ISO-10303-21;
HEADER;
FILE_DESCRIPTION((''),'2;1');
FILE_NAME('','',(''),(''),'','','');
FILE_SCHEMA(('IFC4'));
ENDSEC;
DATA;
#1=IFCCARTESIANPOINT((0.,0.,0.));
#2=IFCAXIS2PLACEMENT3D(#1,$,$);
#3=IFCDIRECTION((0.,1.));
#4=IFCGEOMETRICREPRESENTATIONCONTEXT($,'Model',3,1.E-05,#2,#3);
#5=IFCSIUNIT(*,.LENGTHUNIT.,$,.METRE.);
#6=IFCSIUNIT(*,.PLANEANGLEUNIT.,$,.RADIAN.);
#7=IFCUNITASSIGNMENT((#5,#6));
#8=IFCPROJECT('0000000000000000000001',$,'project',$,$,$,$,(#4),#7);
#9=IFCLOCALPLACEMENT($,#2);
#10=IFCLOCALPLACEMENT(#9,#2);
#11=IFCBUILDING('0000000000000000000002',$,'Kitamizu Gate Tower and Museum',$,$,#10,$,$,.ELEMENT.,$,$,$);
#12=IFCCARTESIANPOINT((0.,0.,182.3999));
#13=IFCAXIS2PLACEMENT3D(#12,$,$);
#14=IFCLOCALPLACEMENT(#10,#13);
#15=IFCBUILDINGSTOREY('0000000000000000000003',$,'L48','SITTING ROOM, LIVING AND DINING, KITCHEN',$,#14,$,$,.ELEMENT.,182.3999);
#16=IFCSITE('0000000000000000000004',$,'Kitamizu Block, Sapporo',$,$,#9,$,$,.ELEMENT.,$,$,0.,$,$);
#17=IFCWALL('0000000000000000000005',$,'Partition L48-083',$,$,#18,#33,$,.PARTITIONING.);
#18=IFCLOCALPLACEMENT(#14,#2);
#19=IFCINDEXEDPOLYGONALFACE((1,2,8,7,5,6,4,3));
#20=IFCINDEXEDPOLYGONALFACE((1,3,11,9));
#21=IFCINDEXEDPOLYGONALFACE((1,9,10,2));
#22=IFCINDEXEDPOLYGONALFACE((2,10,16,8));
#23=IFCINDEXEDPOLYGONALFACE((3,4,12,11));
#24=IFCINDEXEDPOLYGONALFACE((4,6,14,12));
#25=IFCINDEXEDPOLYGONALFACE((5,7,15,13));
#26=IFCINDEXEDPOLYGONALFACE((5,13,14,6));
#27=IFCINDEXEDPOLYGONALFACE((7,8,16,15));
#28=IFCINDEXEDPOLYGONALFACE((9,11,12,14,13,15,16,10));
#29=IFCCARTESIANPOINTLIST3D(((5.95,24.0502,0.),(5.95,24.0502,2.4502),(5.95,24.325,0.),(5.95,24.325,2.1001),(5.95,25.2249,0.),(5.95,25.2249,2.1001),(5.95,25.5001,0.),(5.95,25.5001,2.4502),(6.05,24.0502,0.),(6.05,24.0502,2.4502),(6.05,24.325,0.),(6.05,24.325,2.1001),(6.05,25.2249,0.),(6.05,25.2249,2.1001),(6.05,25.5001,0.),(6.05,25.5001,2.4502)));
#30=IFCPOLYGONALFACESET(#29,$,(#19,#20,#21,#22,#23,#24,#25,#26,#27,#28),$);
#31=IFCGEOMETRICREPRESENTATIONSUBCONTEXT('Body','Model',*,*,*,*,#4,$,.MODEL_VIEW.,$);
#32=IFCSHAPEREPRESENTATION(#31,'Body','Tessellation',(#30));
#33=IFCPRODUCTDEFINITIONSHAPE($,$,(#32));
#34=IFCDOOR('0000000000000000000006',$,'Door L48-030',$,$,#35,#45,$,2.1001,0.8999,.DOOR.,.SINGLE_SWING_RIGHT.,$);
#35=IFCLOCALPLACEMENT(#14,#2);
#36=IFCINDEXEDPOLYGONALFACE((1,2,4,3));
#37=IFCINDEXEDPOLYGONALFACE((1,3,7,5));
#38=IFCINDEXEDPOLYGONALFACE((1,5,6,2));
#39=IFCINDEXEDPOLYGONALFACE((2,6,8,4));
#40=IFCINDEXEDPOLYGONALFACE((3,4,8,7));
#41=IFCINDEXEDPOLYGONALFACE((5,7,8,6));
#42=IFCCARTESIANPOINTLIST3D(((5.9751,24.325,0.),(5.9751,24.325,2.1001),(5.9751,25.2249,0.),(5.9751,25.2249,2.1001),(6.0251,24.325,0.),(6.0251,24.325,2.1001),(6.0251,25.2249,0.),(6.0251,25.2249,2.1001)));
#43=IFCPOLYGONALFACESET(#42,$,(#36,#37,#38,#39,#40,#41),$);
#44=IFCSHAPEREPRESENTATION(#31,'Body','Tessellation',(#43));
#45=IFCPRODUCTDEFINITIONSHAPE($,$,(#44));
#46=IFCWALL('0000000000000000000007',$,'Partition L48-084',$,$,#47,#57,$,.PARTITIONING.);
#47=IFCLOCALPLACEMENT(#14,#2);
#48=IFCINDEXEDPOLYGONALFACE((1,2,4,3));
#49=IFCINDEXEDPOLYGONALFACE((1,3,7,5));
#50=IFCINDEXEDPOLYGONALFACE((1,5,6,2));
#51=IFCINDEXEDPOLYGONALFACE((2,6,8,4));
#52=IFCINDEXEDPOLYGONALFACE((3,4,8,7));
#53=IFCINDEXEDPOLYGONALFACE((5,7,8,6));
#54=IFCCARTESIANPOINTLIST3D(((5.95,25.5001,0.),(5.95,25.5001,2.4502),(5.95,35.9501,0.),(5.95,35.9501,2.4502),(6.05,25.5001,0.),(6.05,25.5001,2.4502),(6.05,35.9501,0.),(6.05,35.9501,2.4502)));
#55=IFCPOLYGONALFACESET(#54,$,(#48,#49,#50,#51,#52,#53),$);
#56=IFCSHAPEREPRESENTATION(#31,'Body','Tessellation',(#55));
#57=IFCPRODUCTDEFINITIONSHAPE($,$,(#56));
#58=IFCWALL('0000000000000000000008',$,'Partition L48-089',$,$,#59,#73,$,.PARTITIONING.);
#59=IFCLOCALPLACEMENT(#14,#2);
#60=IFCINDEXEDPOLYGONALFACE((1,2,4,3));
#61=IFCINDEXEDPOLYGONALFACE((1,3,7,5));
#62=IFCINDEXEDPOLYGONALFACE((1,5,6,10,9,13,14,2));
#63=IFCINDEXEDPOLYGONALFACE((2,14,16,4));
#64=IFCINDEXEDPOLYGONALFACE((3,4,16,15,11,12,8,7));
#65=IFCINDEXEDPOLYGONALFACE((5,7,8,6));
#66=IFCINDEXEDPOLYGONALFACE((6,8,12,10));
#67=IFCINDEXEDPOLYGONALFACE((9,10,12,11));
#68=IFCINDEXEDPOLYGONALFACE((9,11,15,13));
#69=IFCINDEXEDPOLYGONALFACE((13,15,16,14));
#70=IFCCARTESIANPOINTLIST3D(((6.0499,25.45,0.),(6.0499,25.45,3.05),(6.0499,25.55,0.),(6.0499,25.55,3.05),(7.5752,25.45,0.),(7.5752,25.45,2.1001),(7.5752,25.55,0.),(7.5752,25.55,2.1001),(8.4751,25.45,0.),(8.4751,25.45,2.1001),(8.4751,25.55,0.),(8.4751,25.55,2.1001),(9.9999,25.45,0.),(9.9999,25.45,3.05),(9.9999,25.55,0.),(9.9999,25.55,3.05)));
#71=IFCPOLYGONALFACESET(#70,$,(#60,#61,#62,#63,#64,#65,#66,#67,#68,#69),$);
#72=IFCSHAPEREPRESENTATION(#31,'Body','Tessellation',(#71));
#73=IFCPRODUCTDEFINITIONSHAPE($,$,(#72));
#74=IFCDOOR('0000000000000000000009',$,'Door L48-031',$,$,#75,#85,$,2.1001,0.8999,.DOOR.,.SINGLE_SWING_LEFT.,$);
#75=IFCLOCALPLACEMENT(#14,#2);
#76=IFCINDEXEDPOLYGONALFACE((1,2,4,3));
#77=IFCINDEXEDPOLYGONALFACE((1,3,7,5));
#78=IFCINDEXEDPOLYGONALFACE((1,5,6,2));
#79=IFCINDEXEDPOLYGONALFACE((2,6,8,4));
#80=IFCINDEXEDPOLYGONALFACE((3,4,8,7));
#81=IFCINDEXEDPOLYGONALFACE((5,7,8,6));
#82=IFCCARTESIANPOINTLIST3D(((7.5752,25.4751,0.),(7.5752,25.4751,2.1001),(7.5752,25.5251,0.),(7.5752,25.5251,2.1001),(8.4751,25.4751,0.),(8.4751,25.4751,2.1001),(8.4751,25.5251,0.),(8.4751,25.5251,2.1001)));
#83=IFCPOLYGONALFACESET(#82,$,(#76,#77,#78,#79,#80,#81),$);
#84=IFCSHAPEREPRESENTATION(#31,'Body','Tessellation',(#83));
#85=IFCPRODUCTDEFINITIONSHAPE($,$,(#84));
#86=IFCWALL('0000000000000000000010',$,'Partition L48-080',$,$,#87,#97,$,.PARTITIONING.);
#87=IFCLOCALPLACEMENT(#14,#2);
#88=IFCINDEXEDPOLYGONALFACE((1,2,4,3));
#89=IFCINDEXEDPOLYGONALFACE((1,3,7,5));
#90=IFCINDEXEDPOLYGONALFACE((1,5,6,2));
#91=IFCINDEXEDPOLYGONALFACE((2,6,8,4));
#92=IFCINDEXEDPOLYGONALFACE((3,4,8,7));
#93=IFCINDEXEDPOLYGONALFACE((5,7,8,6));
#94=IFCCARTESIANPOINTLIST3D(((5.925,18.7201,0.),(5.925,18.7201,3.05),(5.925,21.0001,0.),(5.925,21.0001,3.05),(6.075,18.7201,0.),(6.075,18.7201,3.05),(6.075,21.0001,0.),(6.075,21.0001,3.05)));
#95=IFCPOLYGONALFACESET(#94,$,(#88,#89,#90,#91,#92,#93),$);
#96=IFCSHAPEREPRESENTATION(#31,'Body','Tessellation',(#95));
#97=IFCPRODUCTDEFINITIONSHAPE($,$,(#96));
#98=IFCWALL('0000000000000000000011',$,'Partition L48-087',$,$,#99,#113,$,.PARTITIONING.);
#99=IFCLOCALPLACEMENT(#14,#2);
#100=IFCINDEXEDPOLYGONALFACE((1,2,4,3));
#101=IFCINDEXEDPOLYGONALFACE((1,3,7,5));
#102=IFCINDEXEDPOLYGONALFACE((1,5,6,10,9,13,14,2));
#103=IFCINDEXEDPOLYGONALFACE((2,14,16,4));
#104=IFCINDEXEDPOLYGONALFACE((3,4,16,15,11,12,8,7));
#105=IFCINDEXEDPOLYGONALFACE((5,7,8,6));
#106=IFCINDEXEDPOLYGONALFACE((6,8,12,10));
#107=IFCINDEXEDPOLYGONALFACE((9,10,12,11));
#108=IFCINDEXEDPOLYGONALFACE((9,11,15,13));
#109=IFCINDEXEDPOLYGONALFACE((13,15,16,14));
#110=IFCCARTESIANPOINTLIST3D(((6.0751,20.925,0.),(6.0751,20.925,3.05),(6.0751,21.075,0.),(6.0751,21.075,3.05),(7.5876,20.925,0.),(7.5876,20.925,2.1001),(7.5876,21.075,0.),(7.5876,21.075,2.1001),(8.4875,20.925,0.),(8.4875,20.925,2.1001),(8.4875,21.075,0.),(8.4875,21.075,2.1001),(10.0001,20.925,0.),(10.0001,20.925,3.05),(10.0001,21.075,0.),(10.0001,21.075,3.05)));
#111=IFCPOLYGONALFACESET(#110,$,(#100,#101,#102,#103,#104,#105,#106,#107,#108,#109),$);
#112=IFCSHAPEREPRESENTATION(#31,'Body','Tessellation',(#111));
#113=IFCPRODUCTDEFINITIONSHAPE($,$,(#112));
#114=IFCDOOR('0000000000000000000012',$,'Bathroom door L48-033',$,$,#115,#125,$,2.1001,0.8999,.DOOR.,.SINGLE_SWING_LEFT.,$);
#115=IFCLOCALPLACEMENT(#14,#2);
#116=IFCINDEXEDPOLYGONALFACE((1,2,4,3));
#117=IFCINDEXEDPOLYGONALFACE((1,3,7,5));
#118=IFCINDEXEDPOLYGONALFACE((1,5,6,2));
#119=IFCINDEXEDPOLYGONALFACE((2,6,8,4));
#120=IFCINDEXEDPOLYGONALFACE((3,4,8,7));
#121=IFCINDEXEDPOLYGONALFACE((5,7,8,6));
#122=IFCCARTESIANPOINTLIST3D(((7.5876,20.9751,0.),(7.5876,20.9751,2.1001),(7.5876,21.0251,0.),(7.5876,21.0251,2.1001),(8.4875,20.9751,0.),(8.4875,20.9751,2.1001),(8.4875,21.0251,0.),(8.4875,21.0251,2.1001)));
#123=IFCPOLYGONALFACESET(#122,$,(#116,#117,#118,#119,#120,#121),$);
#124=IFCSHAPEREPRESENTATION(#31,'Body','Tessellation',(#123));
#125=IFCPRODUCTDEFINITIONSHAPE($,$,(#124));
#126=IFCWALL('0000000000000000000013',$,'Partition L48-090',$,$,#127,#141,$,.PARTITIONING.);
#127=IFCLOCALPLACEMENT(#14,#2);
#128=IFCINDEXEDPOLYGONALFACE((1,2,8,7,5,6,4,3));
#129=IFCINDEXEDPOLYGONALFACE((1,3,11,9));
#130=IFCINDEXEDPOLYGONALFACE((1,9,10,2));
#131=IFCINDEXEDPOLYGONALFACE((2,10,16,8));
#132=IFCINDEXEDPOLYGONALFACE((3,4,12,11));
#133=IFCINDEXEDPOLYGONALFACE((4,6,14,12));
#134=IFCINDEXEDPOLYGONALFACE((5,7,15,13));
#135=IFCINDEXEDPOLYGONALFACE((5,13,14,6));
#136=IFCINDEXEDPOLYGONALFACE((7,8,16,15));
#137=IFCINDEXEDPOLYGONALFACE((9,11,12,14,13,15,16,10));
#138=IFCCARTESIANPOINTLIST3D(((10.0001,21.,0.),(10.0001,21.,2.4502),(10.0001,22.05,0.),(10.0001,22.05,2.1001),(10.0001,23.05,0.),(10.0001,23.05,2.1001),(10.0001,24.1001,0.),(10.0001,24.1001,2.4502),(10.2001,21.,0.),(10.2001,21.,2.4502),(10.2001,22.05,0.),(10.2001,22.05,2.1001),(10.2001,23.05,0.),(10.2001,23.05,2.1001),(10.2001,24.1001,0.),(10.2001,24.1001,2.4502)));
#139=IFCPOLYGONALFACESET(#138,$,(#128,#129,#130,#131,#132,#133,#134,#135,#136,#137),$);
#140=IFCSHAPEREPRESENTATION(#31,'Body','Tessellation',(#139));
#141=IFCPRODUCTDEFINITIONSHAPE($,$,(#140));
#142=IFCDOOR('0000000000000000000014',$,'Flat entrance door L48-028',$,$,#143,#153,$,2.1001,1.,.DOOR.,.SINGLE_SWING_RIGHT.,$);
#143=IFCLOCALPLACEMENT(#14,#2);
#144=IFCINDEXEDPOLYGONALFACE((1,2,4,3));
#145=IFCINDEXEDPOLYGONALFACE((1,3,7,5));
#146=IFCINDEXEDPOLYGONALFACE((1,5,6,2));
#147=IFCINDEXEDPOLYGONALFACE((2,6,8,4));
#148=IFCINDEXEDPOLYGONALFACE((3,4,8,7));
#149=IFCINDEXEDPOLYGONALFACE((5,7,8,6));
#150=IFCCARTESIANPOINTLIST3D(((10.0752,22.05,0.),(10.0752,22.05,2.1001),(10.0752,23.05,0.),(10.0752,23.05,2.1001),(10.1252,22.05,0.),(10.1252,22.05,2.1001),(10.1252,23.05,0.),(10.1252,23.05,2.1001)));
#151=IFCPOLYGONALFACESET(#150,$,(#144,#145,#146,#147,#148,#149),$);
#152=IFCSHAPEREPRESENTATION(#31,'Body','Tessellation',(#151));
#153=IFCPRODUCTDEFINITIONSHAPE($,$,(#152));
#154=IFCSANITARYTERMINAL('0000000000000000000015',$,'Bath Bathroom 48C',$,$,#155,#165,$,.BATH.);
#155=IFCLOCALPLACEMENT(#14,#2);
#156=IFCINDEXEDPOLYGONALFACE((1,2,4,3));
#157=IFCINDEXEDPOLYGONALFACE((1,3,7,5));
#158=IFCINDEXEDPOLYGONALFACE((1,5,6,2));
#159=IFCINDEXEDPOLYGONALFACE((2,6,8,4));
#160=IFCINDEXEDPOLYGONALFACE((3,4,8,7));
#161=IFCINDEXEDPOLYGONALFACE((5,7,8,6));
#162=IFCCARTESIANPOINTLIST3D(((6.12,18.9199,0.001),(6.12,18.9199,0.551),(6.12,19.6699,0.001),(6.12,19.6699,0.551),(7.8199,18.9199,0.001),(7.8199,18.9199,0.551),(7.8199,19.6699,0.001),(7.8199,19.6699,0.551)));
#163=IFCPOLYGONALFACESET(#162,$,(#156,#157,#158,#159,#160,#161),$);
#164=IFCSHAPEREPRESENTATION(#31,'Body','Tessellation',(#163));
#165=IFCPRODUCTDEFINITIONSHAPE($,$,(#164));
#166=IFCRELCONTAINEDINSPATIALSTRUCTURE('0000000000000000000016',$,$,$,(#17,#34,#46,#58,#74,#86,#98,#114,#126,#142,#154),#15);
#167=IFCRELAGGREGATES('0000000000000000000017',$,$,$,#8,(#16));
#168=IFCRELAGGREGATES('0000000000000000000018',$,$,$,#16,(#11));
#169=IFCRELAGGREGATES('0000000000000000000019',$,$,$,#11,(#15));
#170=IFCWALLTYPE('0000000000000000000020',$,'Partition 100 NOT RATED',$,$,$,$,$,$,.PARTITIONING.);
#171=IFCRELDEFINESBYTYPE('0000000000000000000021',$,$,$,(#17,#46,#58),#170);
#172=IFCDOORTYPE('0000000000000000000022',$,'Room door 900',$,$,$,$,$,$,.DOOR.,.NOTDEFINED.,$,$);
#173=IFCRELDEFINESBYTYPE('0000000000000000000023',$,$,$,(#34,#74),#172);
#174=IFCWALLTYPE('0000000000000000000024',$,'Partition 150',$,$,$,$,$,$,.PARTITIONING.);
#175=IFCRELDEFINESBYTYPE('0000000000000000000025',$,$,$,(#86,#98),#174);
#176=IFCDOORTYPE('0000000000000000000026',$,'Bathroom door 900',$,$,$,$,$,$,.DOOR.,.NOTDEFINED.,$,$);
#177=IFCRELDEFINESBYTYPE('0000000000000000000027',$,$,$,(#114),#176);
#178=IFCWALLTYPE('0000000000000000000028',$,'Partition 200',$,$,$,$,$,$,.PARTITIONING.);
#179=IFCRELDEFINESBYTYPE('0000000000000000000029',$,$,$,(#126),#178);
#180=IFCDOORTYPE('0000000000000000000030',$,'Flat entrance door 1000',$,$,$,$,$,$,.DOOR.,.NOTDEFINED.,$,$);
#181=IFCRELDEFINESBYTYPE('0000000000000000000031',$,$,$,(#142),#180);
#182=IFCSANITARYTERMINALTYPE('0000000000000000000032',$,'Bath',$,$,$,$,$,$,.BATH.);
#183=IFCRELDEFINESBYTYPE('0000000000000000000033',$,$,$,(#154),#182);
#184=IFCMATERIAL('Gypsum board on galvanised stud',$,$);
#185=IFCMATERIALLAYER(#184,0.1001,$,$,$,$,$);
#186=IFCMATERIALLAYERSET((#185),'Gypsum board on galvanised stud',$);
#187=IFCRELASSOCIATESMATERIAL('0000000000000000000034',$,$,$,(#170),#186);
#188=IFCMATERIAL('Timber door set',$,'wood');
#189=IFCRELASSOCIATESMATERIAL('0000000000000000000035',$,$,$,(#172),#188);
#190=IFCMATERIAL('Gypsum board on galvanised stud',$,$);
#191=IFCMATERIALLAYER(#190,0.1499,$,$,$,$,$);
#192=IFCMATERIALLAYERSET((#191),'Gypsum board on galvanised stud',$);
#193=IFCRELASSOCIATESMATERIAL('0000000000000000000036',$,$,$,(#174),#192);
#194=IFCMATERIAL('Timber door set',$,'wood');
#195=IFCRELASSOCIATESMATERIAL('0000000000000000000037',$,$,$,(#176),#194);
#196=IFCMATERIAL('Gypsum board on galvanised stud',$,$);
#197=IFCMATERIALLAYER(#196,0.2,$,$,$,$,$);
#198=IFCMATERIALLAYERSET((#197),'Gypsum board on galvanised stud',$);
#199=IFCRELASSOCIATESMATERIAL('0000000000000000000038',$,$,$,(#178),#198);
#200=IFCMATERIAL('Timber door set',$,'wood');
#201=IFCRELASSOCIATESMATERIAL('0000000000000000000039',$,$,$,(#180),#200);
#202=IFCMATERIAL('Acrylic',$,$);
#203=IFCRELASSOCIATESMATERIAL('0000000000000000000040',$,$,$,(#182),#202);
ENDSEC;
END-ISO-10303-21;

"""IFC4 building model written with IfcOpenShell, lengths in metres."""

from ifc_helpers import new_model, si_unit, direction, frame, frame_2d, origin, origin_2d, place, context, subcontext, project, spatial, rectangle, extrude, material, layer, layer_set, type_object, element, fill, save


model = new_model("IFC4")

# Units and contexts
model_context = context("Model", 3, precision=1e-05, world=origin(), true_north=direction((0.0, 1.0)))
body_context = subcontext(model_context, "Body", "Model", "MODEL_VIEW")
ifc_project = project(units=[si_unit("LENGTHUNIT", "METRE"), si_unit("PLANEANGLEUNIT", "RADIAN")], contexts=[model_context])

# Site, building, storey
site_placement = place(None, origin())
site = spatial("IfcSite", under=ifc_project, at=site_placement, Name="Kitamizu Block, Sapporo", CompositionType="ELEMENT", RefElevation=0.0)
building_placement = place(site_placement, origin())
building = spatial("IfcBuilding", under=site, at=building_placement, Name="Kitamizu Gate Tower and Museum", CompositionType="ELEMENT")
storey_placement = place(building_placement, frame((0.0, 0.0, 182.3999)))
storey = spatial("IfcBuildingStorey", under=building, at=storey_placement, Name="L48", Description="SITTING ROOM, LIVING AND DINING, KITCHEN", CompositionType="ELEMENT", Elevation=182.3999)

# Shared definitions
ifc_material_1 = material(Name="Gypsum board on galvanised stud")
ifc_layer_1 = layer(ifc_material_1, 0.1001)
ifc_layer_set_1 = layer_set([ifc_layer_1], Name="Gypsum board on galvanised stud")
wall_type_1 = type_object("IfcWallType", Name="Partition 100 NOT RATED", PredefinedType="PARTITIONING", material=ifc_layer_set_1)

# Wall, opening, door
ifc_material_2 = material(Name="Timber door set", Category="wood")
door_type_1 = type_object("IfcDoorType", Name="Room door 900", OperationType="NOTDEFINED", PredefinedType="DOOR", material=ifc_material_2)
wall_1_placement = place(storey_placement, frame((6.0, 24.05, 0.0), z_axis=(0.0, 0.0, 1.0), x_axis=(0.0, 1.0, 0.0)))
wall_1 = element("IfcWall", 1, at=wall_1_placement, inside=storey, type_object=wall_type_1, Name="Partition L48-083", PredefinedType="PARTITIONING", context=body_context, shape_type="SweptSolid", body=[
    extrude(rectangle(XDim=1.45, YDim=0.1001, at=frame_2d((0.7251, 0.0))), origin(), (0.0, 0.0, 1.0), 2.4502),
])
opening_1_placement = place(wall_1_placement, frame((0.2749, 0.0, 0.0)))
opening_1 = element("IfcOpeningElement", 2, at=opening_1_placement, cuts=wall_1, PredefinedType="OPENING", context=body_context, shape_type="SweptSolid", body=[
    extrude(rectangle(XDim=0.8999, YDim=2.1001, at=frame_2d((0.45, 1.05))), frame((0.0, 0.0601, 0.0), z_axis=(0.0, -1.0, 0.0), x_axis=(1.0, 0.0, 0.0)), (0.0, 0.0, 1.0), 0.1201),
])
door_1_placement = place(opening_1_placement, origin())
door_1 = element("IfcDoor", 3, at=door_1_placement, inside=storey, type_object=door_type_1, Name="Door L48-030", OperationType="SINGLE_SWING_RIGHT", OverallHeight=2.1001, OverallWidth=0.8999, PredefinedType="DOOR", context=body_context, shape_type="SweptSolid", body=[
    extrude(rectangle(XDim=0.8999, YDim=2.1001, at=frame_2d((0.45, 1.05))), frame((0.0, 0.0249, 0.0), z_axis=(0.0, -1.0, 0.0), x_axis=(1.0, 0.0, 0.0)), (0.0, 0.0, 1.0), 0.05),
])
fill(opening_1, door_1)

# Wall
wall_2_placement = place(storey_placement, frame((6.0, 25.5, 0.0), z_axis=(0.0, 0.0, 1.0), x_axis=(0.0, 1.0, 0.0)))
element("IfcWall", 4, at=wall_2_placement, inside=storey, type_object=wall_type_1, Name="Partition L48-084", PredefinedType="PARTITIONING", context=body_context, shape_type="SweptSolid", body=[
    extrude(rectangle(XDim=10.45, YDim=0.1001, at=frame_2d((5.2251, 0.0))), origin(), (0.0, 0.0, 1.0), 2.4502),
])

# Wall, opening, door
wall_3_placement = place(storey_placement, frame((10.0, 25.5, 0.0), z_axis=(0.0, 0.0, 1.0), x_axis=(-1.0, 0.0, 0.0)))
wall_3 = element("IfcWall", 5, at=wall_3_placement, inside=storey, type_object=wall_type_1, Name="Partition L48-089", PredefinedType="PARTITIONING", context=body_context, shape_type="SweptSolid", body=[
    extrude(rectangle(XDim=3.95, YDim=0.1001, at=frame_2d((1.9751, 0.0))), origin(), (0.0, 0.0, 1.0), 3.05),
])
opening_2_placement = place(wall_3_placement, frame((1.5249, 0.0, 0.0)))
opening_2 = element("IfcOpeningElement", 6, at=opening_2_placement, cuts=wall_3, PredefinedType="OPENING", context=body_context, shape_type="SweptSolid", body=[
    extrude(rectangle(XDim=0.8999, YDim=2.1001, at=frame_2d((0.45, 1.05))), frame((0.0, 0.0601, 0.0), z_axis=(0.0, -1.0, 0.0), x_axis=(1.0, 0.0, 0.0)), (0.0, 0.0, 1.0), 0.1201),
])
door_2_placement = place(opening_2_placement, origin())
door_2 = element("IfcDoor", 7, at=door_2_placement, inside=storey, type_object=door_type_1, Name="Door L48-031", OperationType="SINGLE_SWING_LEFT", OverallHeight=2.1001, OverallWidth=0.8999, PredefinedType="DOOR", context=body_context, shape_type="SweptSolid", body=[
    extrude(rectangle(XDim=0.8999, YDim=2.1001, at=frame_2d((0.45, 1.05))), frame((0.0, 0.0249, 0.0), z_axis=(0.0, -1.0, 0.0), x_axis=(1.0, 0.0, 0.0)), (0.0, 0.0, 1.0), 0.05),
])
fill(opening_2, door_2)

# Wall
ifc_material_3 = material(Name="Gypsum board on galvanised stud")
ifc_layer_2 = layer(ifc_material_3, 0.1499)
ifc_layer_set_2 = layer_set([ifc_layer_2], Name="Gypsum board on galvanised stud")
wall_type_2 = type_object("IfcWallType", Name="Partition 150", PredefinedType="PARTITIONING", material=ifc_layer_set_2)
wall_4_placement = place(storey_placement, frame((6.0, 18.72, 0.0), z_axis=(0.0, 0.0, 1.0), x_axis=(0.0, 1.0, 0.0)))
element("IfcWall", 8, at=wall_4_placement, inside=storey, type_object=wall_type_2, Name="Partition L48-080", PredefinedType="PARTITIONING", context=body_context, shape_type="SweptSolid", body=[
    extrude(rectangle(XDim=2.28, YDim=0.1499, at=frame_2d((1.1401, 0.0))), origin(), (0.0, 0.0, 1.0), 3.05),
])

# Walls, openings, doors
wall_5_placement = place(storey_placement, frame((10.0, 21.0, 0.0), z_axis=(0.0, 0.0, 1.0), x_axis=(-1.0, 0.0, 0.0)))
wall_5 = element("IfcWall", 9, at=wall_5_placement, inside=storey, type_object=wall_type_2, Name="Partition L48-087", PredefinedType="PARTITIONING", context=body_context, shape_type="SweptSolid", body=[
    extrude(rectangle(XDim=3.925, YDim=0.1499, at=frame_2d((1.9624, 0.0))), origin(), (0.0, 0.0, 1.0), 3.05),
])
opening_3_placement = place(wall_5_placement, frame((1.5125, 0.0, 0.0)))
opening_3 = element("IfcOpeningElement", 10, at=opening_3_placement, cuts=wall_5, PredefinedType="OPENING", context=body_context, shape_type="SweptSolid", body=[
    extrude(rectangle(XDim=0.8999, YDim=2.1001, at=frame_2d((0.45, 1.05))), frame((0.0, 0.085, 0.0), z_axis=(0.0, -1.0, 0.0), x_axis=(1.0, 0.0, 0.0)), (0.0, 0.0, 1.0), 0.1699),
])
ifc_material_4 = material(Name="Timber door set", Category="wood")
door_type_2 = type_object("IfcDoorType", Name="Bathroom door 900", OperationType="NOTDEFINED", PredefinedType="DOOR", material=ifc_material_4)
door_3_placement = place(opening_3_placement, origin())
door_3 = element("IfcDoor", 11, at=door_3_placement, inside=storey, type_object=door_type_2, Name="Bathroom door L48-033", OperationType="SINGLE_SWING_LEFT", OverallHeight=2.1001, OverallWidth=0.8999, PredefinedType="DOOR", context=body_context, shape_type="SweptSolid", body=[
    extrude(rectangle(XDim=0.8999, YDim=2.1001, at=frame_2d((0.45, 1.05))), frame((0.0, 0.0249, 0.0), z_axis=(0.0, -1.0, 0.0), x_axis=(1.0, 0.0, 0.0)), (0.0, 0.0, 1.0), 0.05),
])
fill(opening_3, door_3)
ifc_material_5 = material(Name="Gypsum board on galvanised stud")
ifc_layer_3 = layer(ifc_material_5, 0.2)
ifc_layer_set_3 = layer_set([ifc_layer_3], Name="Gypsum board on galvanised stud")
wall_type_3 = type_object("IfcWallType", Name="Partition 200", PredefinedType="PARTITIONING", material=ifc_layer_set_3)
wall_6_placement = place(storey_placement, frame((10.1001, 21.0, 0.0), z_axis=(0.0, 0.0, 1.0), x_axis=(0.0, 1.0, 0.0)))
wall_6 = element("IfcWall", 12, at=wall_6_placement, inside=storey, type_object=wall_type_3, Name="Partition L48-090", PredefinedType="PARTITIONING", context=body_context, shape_type="SweptSolid", body=[
    extrude(rectangle(XDim=3.1001, YDim=0.2, at=frame_2d((1.55, 0.0))), origin(), (0.0, 0.0, 1.0), 2.4502),
])
opening_4_placement = place(wall_6_placement, frame((1.05, 0.0, 0.0)))
opening_4 = element("IfcOpeningElement", 13, at=opening_4_placement, cuts=wall_6, PredefinedType="OPENING", context=body_context, shape_type="SweptSolid", body=[
    extrude(rectangle(XDim=1.0, YDim=2.1001, at=frame_2d((0.5, 1.05))), frame((0.0, 0.1099, 0.0), z_axis=(0.0, -1.0, 0.0), x_axis=(1.0, 0.0, 0.0)), (0.0, 0.0, 1.0), 0.22),
])
ifc_material_6 = material(Name="Timber door set", Category="wood")
door_type_3 = type_object("IfcDoorType", Name="Flat entrance door 1000", OperationType="NOTDEFINED", PredefinedType="DOOR", material=ifc_material_6)
door_4_placement = place(opening_4_placement, origin())
door_4 = element("IfcDoor", 14, at=door_4_placement, inside=storey, type_object=door_type_3, Name="Flat entrance door L48-028", OperationType="SINGLE_SWING_RIGHT", OverallHeight=2.1001, OverallWidth=1.0, PredefinedType="DOOR", context=body_context, shape_type="SweptSolid", body=[
    extrude(rectangle(XDim=1.0, YDim=2.1001, at=frame_2d((0.5, 1.05))), frame((0.0, 0.0249, 0.0), z_axis=(0.0, -1.0, 0.0), x_axis=(1.0, 0.0, 0.0)), (0.0, 0.0, 1.0), 0.05),
])
fill(opening_4, door_4)

# Sanitary terminal
ifc_material_7 = material(Name="Acrylic")
sanitary_terminal_type_1 = type_object("IfcSanitaryTerminalType", Name="Bath", PredefinedType="BATH", material=ifc_material_7)
sanitary_terminal_1_placement = place(storey_placement, frame((6.97, 19.2949, 0.001), z_axis=(0.0, 0.0, 1.0), x_axis=(1.0, 0.0, 0.0)))
element("IfcSanitaryTerminal", 15, at=sanitary_terminal_1_placement, inside=storey, type_object=sanitary_terminal_type_1, Name="Bath Bathroom 48C", PredefinedType="BATH", context=body_context, shape_type="SweptSolid", body=[
    extrude(rectangle(XDim=1.7, YDim=0.75, at=origin_2d()), origin(), (0.0, 0.0, 1.0), 0.55),
])

save(model, "model.ifc")
